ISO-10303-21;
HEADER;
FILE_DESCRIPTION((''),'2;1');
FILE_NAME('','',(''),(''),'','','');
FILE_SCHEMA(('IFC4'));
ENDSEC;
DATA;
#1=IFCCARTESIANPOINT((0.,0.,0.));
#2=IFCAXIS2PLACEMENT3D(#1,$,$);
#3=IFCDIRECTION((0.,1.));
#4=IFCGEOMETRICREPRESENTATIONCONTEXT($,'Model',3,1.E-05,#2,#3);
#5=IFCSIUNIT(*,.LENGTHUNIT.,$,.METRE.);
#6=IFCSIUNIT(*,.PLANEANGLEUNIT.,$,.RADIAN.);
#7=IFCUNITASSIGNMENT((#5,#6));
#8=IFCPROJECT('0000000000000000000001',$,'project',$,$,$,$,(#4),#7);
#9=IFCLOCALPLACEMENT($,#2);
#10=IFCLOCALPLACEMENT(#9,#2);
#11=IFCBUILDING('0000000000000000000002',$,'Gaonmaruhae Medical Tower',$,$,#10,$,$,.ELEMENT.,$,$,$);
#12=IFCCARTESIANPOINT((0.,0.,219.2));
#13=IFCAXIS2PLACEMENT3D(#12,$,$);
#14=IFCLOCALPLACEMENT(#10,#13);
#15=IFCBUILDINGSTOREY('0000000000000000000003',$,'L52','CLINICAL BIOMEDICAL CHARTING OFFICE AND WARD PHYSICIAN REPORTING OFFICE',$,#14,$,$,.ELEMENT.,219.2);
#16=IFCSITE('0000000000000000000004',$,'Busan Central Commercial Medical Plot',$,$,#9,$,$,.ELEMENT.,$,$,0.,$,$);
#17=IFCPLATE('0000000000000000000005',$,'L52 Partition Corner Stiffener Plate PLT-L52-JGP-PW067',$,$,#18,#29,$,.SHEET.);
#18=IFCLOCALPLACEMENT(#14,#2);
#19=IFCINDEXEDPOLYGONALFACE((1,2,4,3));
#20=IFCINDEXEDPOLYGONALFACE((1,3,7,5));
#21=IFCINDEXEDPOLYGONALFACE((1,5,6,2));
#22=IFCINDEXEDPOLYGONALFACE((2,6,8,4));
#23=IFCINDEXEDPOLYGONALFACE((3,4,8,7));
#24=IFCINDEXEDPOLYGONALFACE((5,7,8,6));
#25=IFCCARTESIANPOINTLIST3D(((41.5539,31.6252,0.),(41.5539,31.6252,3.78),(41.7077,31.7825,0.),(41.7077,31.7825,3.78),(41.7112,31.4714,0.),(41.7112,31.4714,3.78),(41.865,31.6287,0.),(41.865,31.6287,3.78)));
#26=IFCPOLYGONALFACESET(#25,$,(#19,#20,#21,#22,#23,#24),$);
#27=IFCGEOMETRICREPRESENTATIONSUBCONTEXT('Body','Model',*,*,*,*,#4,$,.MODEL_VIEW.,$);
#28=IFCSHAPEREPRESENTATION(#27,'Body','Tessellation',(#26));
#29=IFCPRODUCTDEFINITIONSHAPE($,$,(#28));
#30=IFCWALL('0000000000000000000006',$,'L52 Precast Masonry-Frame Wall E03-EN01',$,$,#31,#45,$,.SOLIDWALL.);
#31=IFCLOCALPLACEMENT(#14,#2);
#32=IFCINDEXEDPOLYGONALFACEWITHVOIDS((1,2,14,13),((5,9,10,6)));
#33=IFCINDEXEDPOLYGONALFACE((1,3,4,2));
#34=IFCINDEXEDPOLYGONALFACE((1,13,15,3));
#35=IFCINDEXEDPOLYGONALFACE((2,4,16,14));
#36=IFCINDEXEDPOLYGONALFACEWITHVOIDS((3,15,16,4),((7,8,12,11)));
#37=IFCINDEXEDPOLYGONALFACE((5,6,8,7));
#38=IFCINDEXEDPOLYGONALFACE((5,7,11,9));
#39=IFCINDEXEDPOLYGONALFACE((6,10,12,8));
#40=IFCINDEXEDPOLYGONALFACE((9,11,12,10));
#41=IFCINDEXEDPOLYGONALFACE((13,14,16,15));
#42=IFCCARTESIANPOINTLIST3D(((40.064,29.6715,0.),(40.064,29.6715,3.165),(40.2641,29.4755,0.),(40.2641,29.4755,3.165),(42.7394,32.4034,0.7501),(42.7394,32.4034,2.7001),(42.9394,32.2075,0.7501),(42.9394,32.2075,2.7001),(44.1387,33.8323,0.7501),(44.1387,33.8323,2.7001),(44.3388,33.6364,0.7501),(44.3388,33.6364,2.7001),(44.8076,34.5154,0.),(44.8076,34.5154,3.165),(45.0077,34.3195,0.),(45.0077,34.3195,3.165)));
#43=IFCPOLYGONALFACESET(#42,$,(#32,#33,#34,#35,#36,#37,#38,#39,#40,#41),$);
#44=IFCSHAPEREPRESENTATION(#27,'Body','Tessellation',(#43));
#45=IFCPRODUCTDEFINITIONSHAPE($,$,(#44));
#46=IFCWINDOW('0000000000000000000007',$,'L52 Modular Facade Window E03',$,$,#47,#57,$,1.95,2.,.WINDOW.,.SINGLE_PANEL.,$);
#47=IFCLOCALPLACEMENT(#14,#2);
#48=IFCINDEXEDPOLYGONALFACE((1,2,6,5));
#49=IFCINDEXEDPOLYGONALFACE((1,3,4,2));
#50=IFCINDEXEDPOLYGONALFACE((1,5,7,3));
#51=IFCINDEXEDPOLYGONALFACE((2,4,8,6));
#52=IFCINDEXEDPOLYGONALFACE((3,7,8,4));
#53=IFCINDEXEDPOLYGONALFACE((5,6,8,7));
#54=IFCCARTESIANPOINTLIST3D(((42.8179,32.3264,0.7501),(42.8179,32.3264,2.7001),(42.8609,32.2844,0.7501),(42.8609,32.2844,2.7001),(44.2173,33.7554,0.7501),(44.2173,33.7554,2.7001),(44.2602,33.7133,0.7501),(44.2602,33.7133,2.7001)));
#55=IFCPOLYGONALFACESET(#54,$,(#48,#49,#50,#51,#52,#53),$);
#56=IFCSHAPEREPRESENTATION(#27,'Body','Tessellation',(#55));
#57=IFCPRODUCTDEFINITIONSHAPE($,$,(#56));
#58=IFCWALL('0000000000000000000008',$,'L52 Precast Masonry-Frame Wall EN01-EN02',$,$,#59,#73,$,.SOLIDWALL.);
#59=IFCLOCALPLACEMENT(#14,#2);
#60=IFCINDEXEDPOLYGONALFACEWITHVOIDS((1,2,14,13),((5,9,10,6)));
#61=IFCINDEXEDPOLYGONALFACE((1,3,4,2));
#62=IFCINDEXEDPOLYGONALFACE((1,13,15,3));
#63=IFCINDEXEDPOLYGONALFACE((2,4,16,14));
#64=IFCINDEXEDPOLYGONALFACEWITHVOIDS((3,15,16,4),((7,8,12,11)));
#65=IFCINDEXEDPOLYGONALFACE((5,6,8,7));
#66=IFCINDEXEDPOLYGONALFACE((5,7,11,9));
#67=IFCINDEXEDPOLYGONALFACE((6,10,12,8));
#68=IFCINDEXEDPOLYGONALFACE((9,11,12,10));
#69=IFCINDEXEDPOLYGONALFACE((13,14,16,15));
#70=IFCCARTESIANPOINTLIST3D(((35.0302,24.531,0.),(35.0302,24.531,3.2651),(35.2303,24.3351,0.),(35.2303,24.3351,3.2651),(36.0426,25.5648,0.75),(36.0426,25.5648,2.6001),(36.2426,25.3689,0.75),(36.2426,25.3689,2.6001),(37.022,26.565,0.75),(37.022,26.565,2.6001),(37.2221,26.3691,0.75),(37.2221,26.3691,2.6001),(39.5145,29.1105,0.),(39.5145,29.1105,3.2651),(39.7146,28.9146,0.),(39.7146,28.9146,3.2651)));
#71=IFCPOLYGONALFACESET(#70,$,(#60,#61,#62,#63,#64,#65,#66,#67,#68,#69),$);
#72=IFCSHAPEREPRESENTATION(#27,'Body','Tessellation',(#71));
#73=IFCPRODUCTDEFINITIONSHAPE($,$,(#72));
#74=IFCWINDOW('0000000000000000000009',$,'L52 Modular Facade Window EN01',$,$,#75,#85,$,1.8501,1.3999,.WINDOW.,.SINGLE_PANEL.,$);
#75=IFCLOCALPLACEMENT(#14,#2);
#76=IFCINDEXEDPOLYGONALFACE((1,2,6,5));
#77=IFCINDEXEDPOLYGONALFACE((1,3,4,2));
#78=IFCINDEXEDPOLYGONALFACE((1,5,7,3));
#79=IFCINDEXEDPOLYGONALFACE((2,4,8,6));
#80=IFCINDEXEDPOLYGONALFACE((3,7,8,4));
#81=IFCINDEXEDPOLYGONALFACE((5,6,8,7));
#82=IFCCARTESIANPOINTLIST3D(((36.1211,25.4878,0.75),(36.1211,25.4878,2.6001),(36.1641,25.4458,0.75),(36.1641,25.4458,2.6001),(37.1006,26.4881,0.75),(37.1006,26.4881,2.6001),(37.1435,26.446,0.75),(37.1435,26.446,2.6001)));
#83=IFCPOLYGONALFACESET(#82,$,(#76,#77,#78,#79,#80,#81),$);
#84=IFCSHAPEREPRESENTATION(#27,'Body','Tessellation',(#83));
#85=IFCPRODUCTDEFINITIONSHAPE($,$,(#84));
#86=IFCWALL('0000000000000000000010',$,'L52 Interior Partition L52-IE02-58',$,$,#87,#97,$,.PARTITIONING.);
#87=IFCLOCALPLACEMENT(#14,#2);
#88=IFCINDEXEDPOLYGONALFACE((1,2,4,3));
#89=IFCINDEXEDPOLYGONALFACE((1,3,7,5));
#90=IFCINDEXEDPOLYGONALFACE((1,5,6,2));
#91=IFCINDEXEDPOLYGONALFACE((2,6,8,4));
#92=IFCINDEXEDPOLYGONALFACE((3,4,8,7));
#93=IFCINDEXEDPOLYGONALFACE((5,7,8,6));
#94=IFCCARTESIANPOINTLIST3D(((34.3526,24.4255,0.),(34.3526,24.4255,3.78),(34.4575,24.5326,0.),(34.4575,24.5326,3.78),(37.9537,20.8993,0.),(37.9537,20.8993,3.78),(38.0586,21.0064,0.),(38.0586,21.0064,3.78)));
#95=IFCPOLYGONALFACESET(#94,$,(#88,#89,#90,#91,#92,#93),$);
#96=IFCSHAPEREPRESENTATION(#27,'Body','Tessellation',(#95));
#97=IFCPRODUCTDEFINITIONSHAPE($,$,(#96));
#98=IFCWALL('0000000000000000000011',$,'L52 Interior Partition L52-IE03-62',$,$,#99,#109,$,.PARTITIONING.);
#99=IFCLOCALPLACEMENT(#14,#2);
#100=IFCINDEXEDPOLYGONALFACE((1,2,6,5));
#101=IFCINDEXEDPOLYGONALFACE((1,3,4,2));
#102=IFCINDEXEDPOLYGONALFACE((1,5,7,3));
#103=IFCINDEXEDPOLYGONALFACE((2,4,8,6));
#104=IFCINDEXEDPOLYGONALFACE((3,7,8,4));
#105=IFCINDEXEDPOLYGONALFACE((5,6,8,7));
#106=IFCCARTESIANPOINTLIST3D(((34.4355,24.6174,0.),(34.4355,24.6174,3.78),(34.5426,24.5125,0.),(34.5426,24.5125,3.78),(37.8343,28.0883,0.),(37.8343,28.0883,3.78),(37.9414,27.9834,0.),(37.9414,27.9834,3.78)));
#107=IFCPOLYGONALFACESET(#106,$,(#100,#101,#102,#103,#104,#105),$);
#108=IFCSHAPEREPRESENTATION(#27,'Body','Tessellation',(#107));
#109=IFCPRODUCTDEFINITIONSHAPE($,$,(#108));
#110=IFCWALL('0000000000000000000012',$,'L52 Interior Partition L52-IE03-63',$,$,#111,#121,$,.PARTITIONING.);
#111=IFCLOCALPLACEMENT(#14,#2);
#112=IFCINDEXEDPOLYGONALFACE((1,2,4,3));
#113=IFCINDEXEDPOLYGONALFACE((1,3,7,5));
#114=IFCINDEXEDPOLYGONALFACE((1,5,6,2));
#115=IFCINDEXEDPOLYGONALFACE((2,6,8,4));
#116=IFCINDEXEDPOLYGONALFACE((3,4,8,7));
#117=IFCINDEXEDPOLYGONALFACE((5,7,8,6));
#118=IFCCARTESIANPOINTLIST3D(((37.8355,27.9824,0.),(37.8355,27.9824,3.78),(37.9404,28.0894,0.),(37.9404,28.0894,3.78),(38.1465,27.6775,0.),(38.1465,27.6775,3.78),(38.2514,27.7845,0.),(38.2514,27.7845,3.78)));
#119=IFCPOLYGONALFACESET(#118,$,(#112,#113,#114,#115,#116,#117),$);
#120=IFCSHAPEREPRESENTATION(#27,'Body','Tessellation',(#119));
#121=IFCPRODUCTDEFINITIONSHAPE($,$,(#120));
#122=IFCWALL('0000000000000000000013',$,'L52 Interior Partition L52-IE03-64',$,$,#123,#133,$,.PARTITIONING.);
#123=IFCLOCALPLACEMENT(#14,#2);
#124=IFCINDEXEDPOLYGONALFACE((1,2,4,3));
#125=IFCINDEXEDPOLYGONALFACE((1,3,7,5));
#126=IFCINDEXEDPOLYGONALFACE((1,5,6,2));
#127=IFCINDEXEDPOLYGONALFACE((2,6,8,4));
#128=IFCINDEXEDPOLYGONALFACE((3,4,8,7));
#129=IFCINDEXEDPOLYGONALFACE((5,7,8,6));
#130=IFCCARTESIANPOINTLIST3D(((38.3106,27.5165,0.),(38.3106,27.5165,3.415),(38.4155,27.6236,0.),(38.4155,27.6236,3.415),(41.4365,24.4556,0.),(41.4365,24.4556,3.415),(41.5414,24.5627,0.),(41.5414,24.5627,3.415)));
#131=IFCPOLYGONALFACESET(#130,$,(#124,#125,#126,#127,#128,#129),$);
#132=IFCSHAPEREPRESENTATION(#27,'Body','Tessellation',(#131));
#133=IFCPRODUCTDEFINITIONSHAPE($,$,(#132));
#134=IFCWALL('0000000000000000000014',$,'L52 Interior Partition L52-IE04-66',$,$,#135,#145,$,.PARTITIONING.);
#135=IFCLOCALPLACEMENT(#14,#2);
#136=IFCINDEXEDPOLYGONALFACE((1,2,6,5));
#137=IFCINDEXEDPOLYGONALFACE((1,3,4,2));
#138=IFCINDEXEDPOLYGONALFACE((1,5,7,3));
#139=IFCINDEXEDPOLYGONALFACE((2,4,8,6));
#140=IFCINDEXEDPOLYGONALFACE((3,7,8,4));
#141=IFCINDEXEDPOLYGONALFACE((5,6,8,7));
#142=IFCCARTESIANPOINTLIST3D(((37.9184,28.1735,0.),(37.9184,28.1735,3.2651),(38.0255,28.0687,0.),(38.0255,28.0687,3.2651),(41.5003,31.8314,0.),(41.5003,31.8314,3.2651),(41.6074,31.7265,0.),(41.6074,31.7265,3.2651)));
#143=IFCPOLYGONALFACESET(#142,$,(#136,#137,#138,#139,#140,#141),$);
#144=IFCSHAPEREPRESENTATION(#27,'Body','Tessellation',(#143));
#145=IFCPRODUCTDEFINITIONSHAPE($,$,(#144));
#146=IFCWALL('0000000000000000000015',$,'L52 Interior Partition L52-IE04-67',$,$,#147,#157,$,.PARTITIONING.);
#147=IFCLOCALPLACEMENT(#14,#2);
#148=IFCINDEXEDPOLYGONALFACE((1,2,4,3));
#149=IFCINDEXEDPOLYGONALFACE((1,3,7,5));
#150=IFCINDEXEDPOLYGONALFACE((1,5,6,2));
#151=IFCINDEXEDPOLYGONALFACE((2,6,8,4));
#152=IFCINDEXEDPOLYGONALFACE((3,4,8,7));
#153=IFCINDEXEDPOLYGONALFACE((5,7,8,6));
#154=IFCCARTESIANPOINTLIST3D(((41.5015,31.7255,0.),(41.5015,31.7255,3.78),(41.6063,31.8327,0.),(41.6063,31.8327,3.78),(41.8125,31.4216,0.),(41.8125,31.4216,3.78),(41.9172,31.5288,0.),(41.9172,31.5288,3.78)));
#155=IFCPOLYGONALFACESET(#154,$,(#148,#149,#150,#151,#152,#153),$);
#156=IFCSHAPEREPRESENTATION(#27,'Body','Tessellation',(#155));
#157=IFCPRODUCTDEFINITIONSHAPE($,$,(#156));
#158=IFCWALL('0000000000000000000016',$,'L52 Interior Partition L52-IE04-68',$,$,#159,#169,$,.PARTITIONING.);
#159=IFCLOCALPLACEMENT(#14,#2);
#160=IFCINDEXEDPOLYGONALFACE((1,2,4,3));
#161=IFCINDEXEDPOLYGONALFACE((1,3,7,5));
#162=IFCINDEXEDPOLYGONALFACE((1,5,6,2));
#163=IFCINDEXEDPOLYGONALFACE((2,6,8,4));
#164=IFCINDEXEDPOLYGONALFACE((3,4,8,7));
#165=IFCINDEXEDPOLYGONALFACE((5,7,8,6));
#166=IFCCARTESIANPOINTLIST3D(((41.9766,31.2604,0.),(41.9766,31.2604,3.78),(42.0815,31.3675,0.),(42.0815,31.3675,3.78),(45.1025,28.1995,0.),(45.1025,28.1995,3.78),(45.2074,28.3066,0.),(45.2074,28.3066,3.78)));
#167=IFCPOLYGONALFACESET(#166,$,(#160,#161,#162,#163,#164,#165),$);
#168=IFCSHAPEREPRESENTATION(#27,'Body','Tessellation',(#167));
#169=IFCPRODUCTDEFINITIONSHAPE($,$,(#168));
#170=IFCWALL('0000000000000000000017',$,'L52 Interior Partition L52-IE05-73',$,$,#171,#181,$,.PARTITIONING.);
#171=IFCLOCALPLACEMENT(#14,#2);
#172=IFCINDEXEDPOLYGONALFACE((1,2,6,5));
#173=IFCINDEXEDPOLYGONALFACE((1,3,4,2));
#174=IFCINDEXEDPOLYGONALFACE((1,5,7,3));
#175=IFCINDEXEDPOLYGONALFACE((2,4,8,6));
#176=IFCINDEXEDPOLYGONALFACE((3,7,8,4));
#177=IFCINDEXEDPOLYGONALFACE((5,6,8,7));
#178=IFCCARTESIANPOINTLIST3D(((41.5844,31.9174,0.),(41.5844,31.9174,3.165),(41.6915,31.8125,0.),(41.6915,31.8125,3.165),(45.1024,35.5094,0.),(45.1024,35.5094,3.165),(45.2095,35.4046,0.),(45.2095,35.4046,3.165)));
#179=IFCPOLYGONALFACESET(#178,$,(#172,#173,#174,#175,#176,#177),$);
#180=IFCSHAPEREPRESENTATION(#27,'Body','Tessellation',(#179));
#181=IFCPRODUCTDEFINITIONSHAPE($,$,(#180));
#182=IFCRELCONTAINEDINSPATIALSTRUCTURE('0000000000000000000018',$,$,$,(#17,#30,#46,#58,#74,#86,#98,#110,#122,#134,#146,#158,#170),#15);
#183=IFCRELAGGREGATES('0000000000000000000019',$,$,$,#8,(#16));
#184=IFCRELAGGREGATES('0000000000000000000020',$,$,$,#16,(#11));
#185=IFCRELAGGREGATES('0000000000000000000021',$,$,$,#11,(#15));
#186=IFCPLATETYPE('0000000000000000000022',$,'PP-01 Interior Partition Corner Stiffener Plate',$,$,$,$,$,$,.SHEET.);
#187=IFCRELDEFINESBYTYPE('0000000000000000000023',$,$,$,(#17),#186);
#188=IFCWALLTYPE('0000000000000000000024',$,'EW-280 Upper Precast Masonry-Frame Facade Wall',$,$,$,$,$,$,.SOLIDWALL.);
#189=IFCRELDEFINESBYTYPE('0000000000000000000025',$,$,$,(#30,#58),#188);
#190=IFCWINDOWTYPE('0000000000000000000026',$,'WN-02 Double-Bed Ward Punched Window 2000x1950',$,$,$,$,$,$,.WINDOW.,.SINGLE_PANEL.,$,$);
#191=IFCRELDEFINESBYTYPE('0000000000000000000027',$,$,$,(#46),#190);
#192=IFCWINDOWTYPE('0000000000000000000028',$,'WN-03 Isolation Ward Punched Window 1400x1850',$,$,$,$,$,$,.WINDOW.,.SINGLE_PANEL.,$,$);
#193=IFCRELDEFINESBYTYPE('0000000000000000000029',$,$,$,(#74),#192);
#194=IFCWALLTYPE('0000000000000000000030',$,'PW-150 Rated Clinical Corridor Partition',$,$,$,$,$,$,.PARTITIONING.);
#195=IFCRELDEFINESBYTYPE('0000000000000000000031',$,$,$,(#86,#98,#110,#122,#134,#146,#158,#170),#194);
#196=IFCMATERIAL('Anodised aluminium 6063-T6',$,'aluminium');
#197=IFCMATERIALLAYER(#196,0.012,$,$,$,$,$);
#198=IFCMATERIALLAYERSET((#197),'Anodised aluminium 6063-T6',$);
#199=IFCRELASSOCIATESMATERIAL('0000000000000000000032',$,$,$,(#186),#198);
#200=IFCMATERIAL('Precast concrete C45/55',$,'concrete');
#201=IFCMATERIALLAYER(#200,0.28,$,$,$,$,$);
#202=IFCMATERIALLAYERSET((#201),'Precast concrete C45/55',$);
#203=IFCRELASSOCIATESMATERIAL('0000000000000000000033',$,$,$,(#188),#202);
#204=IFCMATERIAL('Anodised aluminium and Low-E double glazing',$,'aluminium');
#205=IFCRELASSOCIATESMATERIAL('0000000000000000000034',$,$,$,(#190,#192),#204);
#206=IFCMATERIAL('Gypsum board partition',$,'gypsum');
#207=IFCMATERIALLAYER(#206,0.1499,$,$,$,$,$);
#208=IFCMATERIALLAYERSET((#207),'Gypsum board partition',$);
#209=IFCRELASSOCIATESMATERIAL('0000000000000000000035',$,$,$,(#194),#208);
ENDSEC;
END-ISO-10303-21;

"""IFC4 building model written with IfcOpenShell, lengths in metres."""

from ifc_helpers import new_model, si_unit, direction, frame, frame_2d, origin, origin_2d, place, context, subcontext, project, spatial, rectangle, extrude, material, layer, layer_set, type_object, element, fill, save


model = new_model("IFC4")

# Units and contexts
model_context = context("Model", 3, precision=1e-05, world=origin(), true_north=direction((0.0, 1.0)))
body_context = subcontext(model_context, "Body", "Model", "MODEL_VIEW")
ifc_project = project(units=[si_unit("LENGTHUNIT", "METRE"), si_unit("PLANEANGLEUNIT", "RADIAN")], contexts=[model_context])

# Site, building, storey
site_placement = place(None, origin())
site = spatial("IfcSite", under=ifc_project, at=site_placement, Name="Busan Central Commercial Medical Plot", CompositionType="ELEMENT", RefElevation=0.0)
building_placement = place(site_placement, origin())
building = spatial("IfcBuilding", under=site, at=building_placement, Name="Gaonmaruhae Medical Tower", CompositionType="ELEMENT")
storey_placement = place(building_placement, frame((0.0, 0.0, 219.2)))
storey = spatial("IfcBuildingStorey", under=building, at=storey_placement, Name="L52", Description="CLINICAL BIOMEDICAL CHARTING OFFICE AND WARD PHYSICIAN REPORTING OFFICE", CompositionType="ELEMENT", Elevation=219.2)

# Plate
ifc_material_1 = material(Name="Anodised aluminium 6063-T6", Category="aluminium")
ifc_layer_1 = layer(ifc_material_1, 0.012)
ifc_layer_set_1 = layer_set([ifc_layer_1], Name="Anodised aluminium 6063-T6")
plate_type = type_object("IfcPlateType", Name="PP-01 Interior Partition Corner Stiffener Plate", PredefinedType="SHEET", material=ifc_layer_set_1)
for number, where, z_axis, x_axis, name in (
    (1, (41.7095, 31.627, 0.0), (0.0, 0.0, 1.0), (0.715107, -0.699015, 0.0), "L52 Partition Corner Stiffener Plate PLT-L52-JGP-PW067"),
):
    element("IfcPlate", number, at=place(storey_placement, frame(where, z_axis=z_axis, x_axis=x_axis)), inside=storey, type_object=plate_type, Name=name, PredefinedType="SHEET", context=body_context, shape_type="SweptSolid", body=[
        extrude(rectangle(XDim=0.22, YDim=0.22, at=origin_2d()), origin(), (0.0, 0.0, 1.0), 3.78),
    ])

# Walls, openings, windows
ifc_material_2 = material(Name="Precast concrete C45/55", Category="concrete")
ifc_layer_2 = layer(ifc_material_2, 0.28)
ifc_layer_set_2 = layer_set([ifc_layer_2], Name="Precast concrete C45/55")
wall_type_1 = type_object("IfcWallType", Name="EW-280 Upper Precast Masonry-Frame Facade Wall", PredefinedType="SOLIDWALL", material=ifc_layer_set_2)
wall_1_placement = place(storey_placement, frame((40.1641, 29.5735, 0.0), z_axis=(0.0, 0.0, 1.0), x_axis=(0.699668, 0.714468, 0.0)))
wall_1 = element("IfcWall", 2, at=wall_1_placement, inside=storey, type_object=wall_type_1, Name="L52 Precast Masonry-Frame Wall E03-EN01", PredefinedType="SOLIDWALL", context=body_context, shape_type="SweptSolid", body=[
    extrude(rectangle(XDim=6.7798, YDim=0.28, at=frame_2d((3.3899, 0.0))), origin(), (0.0, 0.0, 1.0), 3.165),
])
opening_1_placement = place(wall_1_placement, frame((3.8237, 0.0, 0.75)))
opening_1 = element("IfcOpeningElement", 3, at=opening_1_placement, cuts=wall_1, PredefinedType="OPENING", context=body_context, shape_type="SweptSolid", body=[
    extrude(rectangle(XDim=2.0, YDim=1.95, at=frame_2d((1.0, 0.9751))), frame((0.0, 0.1499, 0.0), z_axis=(0.0, -1.0, 0.0), x_axis=(1.0, 0.0, 0.0)), (0.0, 0.0, 1.0), 0.3),
])
ifc_material_3 = material(Name="Anodised aluminium and Low-E double glazing", Category="aluminium")
window_type_1 = type_object("IfcWindowType", Name="WN-02 Double-Bed Ward Punched Window 2000x1950", PartitioningType="SINGLE_PANEL", PredefinedType="WINDOW", material=ifc_material_3)
window_1_placement = place(opening_1_placement, origin())
window_1 = element("IfcWindow", 4, at=window_1_placement, inside=storey, type_object=window_type_1, Name="L52 Modular Facade Window E03", OverallHeight=1.95, OverallWidth=2.0, PartitioningType="SINGLE_PANEL", PredefinedType="WINDOW", context=body_context, shape_type="SweptSolid", body=[
    extrude(rectangle(XDim=2.0, YDim=1.95, at=frame_2d((1.0, 0.9751))), frame((0.0, 0.03, 0.0), z_axis=(0.0, -1.0, 0.0), x_axis=(1.0, 0.0, 0.0)), (0.0, 0.0, 1.0), 0.0601),
])
fill(opening_1, window_1)
wall_2_placement = place(storey_placement, frame((35.1304, 24.4331, 0.0), z_axis=(0.0, 0.0, 1.0), x_axis=(0.69964, 0.714495, 0.0)))
wall_2 = element("IfcWall", 5, at=wall_2_placement, inside=storey, type_object=wall_type_1, Name="L52 Precast Masonry-Frame Wall EN01-EN02", PredefinedType="SOLIDWALL", context=body_context, shape_type="SweptSolid", body=[
    extrude(rectangle(XDim=6.4094, YDim=0.28, at=frame_2d((3.2046, 0.0))), origin(), (0.0, 0.0, 1.0), 3.2651),
])
opening_2_placement = place(wall_2_placement, frame((1.4468, 0.0, 0.75)))
opening_2 = element("IfcOpeningElement", 6, at=opening_2_placement, cuts=wall_2, PredefinedType="OPENING", context=body_context, shape_type="SweptSolid", body=[
    extrude(rectangle(XDim=1.3999, YDim=1.8501, at=frame_2d((0.7, 0.925))), frame((0.0, 0.1499, 0.0), z_axis=(0.0, -1.0, 0.0), x_axis=(1.0, 0.0, 0.0)), (0.0, 0.0, 1.0), 0.3),
])
window_type_2 = type_object("IfcWindowType", Name="WN-03 Isolation Ward Punched Window 1400x1850", PartitioningType="SINGLE_PANEL", PredefinedType="WINDOW", material=ifc_material_3)
window_2_placement = place(opening_2_placement, origin())
window_2 = element("IfcWindow", 7, at=window_2_placement, inside=storey, type_object=window_type_2, Name="L52 Modular Facade Window EN01", OverallHeight=1.8501, OverallWidth=1.3999, PartitioningType="SINGLE_PANEL", PredefinedType="WINDOW", context=body_context, shape_type="SweptSolid", body=[
    extrude(rectangle(XDim=1.3999, YDim=1.8501, at=frame_2d((0.7, 0.925))), frame((0.0, 0.03, 0.0), z_axis=(0.0, -1.0, 0.0), x_axis=(1.0, 0.0, 0.0)), (0.0, 0.0, 1.0), 0.0601),
])
fill(opening_2, window_2)

# Wall
ifc_material_4 = material(Name="Gypsum board partition", Category="gypsum")
ifc_layer_3 = layer(ifc_material_4, 0.1499)
ifc_layer_set_3 = layer_set([ifc_layer_3], Name="Gypsum board partition")
wall_type_2 = type_object("IfcWallType", Name="PW-150 Rated Clinical Corridor Partition", PredefinedType="PARTITIONING", material=ifc_layer_set_3)
wall_3_placement = place(storey_placement, frame((34.405, 24.479, 0.0), z_axis=(0.0, 0.0, 1.0), x_axis=(0.714503, -0.699632, 0.0)))
element("IfcWall", 8, at=wall_3_placement, inside=storey, type_object=wall_type_2, Name="L52 Interior Partition L52-IE02-58", PredefinedType="PARTITIONING", context=body_context, shape_type="SweptSolid", body=[
    extrude(rectangle(XDim=5.04, YDim=0.1499, at=frame_2d((2.52, 0.0))), origin(), (0.0, 0.0, 1.0), 3.78),
])

# Walls
wall_4_placement = place(storey_placement, frame((34.489, 24.5649, 0.0), z_axis=(0.0, 0.0, 1.0), x_axis=(0.699655, 0.714481, 0.0)))
element("IfcWall", 9, at=wall_4_placement, inside=storey, type_object=wall_type_2, Name="L52 Interior Partition L52-IE03-62", PredefinedType="PARTITIONING", context=body_context, shape_type="SweptSolid", body=[
    extrude(rectangle(XDim=4.8579, YDim=0.1499, at=frame_2d((2.429, 0.0))), origin(), (0.0, 0.0, 1.0), 3.78),
])
wall_5_placement = place(storey_placement, frame((37.8879, 28.0359, 0.0), z_axis=(0.0, 0.0, 1.0), x_axis=(0.714078, -0.700066, 0.0)))
element("IfcWall", 10, at=wall_5_placement, inside=storey, type_object=wall_type_2, Name="L52 Interior Partition L52-IE03-63", PredefinedType="PARTITIONING", context=body_context, shape_type="SweptSolid", body=[
    extrude(rectangle(XDim=0.4355, YDim=0.1499, at=frame_2d((0.2178, 0.0))), origin(), (0.0, 0.0, 1.0), 3.78),
])
wall_6_placement = place(storey_placement, frame((38.363, 27.5701, 0.0), z_axis=(0.0, 0.0, 1.0), x_axis=(0.71449, -0.699646, 0.0)))
element("IfcWall", 11, at=wall_6_placement, inside=storey, type_object=wall_type_2, Name="L52 Interior Partition L52-IE03-64", PredefinedType="PARTITIONING", context=body_context, shape_type="SweptSolid", body=[
    extrude(rectangle(XDim=4.375, YDim=0.1499, at=frame_2d((2.1875, 0.0))), origin(), (0.0, 0.0, 1.0), 3.415),
])
wall_7_placement = place(storey_placement, frame((37.9719, 28.1211, 0.0), z_axis=(0.0, 0.0, 1.0), x_axis=(0.699653, 0.714483, 0.0)))
element("IfcWall", 12, at=wall_7_placement, inside=storey, type_object=wall_type_2, Name="L52 Interior Partition L52-IE04-66", PredefinedType="PARTITIONING", context=body_context, shape_type="SweptSolid", body=[
    extrude(rectangle(XDim=5.1196, YDim=0.1499, at=frame_2d((2.5598, 0.0))), origin(), (0.0, 0.0, 1.0), 3.2651),
])
wall_8_placement = place(storey_placement, frame((41.554, 31.7791, 0.0), z_axis=(0.0, 0.0, 1.0), x_axis=(0.7152, -0.69892, 0.0)))
element("IfcWall", 13, at=wall_8_placement, inside=storey, type_object=wall_type_2, Name="L52 Interior Partition L52-IE04-67", PredefinedType="PARTITIONING", context=body_context, shape_type="SweptSolid", body=[
    extrude(rectangle(XDim=0.4348, YDim=0.1499, at=frame_2d((0.2173, 0.0))), origin(), (0.0, 0.0, 1.0), 3.78),
])
wall_9_placement = place(storey_placement, frame((42.0291, 31.314, 0.0), z_axis=(0.0, 0.0, 1.0), x_axis=(0.71449, -0.699646, 0.0)))
element("IfcWall", 14, at=wall_9_placement, inside=storey, type_object=wall_type_2, Name="L52 Interior Partition L52-IE04-68", PredefinedType="PARTITIONING", context=body_context, shape_type="SweptSolid", body=[
    extrude(rectangle(XDim=4.375, YDim=0.1499, at=frame_2d((2.1875, 0.0))), origin(), (0.0, 0.0, 1.0), 3.78),
])
wall_10_placement = place(storey_placement, frame((41.6379, 31.865, 0.0), z_axis=(0.0, 0.0, 1.0), x_axis=(0.699712, 0.714425, 0.0)))
element("IfcWall", 15, at=wall_10_placement, inside=storey, type_object=wall_type_2, Name="L52 Interior Partition L52-IE05-73", PredefinedType="PARTITIONING", context=body_context, shape_type="SweptSolid", body=[
    extrude(rectangle(XDim=5.0278, YDim=0.1499, at=frame_2d((2.5139, 0.0))), origin(), (0.0, 0.0, 1.0), 3.165),
])

save(model, "model.ifc")
